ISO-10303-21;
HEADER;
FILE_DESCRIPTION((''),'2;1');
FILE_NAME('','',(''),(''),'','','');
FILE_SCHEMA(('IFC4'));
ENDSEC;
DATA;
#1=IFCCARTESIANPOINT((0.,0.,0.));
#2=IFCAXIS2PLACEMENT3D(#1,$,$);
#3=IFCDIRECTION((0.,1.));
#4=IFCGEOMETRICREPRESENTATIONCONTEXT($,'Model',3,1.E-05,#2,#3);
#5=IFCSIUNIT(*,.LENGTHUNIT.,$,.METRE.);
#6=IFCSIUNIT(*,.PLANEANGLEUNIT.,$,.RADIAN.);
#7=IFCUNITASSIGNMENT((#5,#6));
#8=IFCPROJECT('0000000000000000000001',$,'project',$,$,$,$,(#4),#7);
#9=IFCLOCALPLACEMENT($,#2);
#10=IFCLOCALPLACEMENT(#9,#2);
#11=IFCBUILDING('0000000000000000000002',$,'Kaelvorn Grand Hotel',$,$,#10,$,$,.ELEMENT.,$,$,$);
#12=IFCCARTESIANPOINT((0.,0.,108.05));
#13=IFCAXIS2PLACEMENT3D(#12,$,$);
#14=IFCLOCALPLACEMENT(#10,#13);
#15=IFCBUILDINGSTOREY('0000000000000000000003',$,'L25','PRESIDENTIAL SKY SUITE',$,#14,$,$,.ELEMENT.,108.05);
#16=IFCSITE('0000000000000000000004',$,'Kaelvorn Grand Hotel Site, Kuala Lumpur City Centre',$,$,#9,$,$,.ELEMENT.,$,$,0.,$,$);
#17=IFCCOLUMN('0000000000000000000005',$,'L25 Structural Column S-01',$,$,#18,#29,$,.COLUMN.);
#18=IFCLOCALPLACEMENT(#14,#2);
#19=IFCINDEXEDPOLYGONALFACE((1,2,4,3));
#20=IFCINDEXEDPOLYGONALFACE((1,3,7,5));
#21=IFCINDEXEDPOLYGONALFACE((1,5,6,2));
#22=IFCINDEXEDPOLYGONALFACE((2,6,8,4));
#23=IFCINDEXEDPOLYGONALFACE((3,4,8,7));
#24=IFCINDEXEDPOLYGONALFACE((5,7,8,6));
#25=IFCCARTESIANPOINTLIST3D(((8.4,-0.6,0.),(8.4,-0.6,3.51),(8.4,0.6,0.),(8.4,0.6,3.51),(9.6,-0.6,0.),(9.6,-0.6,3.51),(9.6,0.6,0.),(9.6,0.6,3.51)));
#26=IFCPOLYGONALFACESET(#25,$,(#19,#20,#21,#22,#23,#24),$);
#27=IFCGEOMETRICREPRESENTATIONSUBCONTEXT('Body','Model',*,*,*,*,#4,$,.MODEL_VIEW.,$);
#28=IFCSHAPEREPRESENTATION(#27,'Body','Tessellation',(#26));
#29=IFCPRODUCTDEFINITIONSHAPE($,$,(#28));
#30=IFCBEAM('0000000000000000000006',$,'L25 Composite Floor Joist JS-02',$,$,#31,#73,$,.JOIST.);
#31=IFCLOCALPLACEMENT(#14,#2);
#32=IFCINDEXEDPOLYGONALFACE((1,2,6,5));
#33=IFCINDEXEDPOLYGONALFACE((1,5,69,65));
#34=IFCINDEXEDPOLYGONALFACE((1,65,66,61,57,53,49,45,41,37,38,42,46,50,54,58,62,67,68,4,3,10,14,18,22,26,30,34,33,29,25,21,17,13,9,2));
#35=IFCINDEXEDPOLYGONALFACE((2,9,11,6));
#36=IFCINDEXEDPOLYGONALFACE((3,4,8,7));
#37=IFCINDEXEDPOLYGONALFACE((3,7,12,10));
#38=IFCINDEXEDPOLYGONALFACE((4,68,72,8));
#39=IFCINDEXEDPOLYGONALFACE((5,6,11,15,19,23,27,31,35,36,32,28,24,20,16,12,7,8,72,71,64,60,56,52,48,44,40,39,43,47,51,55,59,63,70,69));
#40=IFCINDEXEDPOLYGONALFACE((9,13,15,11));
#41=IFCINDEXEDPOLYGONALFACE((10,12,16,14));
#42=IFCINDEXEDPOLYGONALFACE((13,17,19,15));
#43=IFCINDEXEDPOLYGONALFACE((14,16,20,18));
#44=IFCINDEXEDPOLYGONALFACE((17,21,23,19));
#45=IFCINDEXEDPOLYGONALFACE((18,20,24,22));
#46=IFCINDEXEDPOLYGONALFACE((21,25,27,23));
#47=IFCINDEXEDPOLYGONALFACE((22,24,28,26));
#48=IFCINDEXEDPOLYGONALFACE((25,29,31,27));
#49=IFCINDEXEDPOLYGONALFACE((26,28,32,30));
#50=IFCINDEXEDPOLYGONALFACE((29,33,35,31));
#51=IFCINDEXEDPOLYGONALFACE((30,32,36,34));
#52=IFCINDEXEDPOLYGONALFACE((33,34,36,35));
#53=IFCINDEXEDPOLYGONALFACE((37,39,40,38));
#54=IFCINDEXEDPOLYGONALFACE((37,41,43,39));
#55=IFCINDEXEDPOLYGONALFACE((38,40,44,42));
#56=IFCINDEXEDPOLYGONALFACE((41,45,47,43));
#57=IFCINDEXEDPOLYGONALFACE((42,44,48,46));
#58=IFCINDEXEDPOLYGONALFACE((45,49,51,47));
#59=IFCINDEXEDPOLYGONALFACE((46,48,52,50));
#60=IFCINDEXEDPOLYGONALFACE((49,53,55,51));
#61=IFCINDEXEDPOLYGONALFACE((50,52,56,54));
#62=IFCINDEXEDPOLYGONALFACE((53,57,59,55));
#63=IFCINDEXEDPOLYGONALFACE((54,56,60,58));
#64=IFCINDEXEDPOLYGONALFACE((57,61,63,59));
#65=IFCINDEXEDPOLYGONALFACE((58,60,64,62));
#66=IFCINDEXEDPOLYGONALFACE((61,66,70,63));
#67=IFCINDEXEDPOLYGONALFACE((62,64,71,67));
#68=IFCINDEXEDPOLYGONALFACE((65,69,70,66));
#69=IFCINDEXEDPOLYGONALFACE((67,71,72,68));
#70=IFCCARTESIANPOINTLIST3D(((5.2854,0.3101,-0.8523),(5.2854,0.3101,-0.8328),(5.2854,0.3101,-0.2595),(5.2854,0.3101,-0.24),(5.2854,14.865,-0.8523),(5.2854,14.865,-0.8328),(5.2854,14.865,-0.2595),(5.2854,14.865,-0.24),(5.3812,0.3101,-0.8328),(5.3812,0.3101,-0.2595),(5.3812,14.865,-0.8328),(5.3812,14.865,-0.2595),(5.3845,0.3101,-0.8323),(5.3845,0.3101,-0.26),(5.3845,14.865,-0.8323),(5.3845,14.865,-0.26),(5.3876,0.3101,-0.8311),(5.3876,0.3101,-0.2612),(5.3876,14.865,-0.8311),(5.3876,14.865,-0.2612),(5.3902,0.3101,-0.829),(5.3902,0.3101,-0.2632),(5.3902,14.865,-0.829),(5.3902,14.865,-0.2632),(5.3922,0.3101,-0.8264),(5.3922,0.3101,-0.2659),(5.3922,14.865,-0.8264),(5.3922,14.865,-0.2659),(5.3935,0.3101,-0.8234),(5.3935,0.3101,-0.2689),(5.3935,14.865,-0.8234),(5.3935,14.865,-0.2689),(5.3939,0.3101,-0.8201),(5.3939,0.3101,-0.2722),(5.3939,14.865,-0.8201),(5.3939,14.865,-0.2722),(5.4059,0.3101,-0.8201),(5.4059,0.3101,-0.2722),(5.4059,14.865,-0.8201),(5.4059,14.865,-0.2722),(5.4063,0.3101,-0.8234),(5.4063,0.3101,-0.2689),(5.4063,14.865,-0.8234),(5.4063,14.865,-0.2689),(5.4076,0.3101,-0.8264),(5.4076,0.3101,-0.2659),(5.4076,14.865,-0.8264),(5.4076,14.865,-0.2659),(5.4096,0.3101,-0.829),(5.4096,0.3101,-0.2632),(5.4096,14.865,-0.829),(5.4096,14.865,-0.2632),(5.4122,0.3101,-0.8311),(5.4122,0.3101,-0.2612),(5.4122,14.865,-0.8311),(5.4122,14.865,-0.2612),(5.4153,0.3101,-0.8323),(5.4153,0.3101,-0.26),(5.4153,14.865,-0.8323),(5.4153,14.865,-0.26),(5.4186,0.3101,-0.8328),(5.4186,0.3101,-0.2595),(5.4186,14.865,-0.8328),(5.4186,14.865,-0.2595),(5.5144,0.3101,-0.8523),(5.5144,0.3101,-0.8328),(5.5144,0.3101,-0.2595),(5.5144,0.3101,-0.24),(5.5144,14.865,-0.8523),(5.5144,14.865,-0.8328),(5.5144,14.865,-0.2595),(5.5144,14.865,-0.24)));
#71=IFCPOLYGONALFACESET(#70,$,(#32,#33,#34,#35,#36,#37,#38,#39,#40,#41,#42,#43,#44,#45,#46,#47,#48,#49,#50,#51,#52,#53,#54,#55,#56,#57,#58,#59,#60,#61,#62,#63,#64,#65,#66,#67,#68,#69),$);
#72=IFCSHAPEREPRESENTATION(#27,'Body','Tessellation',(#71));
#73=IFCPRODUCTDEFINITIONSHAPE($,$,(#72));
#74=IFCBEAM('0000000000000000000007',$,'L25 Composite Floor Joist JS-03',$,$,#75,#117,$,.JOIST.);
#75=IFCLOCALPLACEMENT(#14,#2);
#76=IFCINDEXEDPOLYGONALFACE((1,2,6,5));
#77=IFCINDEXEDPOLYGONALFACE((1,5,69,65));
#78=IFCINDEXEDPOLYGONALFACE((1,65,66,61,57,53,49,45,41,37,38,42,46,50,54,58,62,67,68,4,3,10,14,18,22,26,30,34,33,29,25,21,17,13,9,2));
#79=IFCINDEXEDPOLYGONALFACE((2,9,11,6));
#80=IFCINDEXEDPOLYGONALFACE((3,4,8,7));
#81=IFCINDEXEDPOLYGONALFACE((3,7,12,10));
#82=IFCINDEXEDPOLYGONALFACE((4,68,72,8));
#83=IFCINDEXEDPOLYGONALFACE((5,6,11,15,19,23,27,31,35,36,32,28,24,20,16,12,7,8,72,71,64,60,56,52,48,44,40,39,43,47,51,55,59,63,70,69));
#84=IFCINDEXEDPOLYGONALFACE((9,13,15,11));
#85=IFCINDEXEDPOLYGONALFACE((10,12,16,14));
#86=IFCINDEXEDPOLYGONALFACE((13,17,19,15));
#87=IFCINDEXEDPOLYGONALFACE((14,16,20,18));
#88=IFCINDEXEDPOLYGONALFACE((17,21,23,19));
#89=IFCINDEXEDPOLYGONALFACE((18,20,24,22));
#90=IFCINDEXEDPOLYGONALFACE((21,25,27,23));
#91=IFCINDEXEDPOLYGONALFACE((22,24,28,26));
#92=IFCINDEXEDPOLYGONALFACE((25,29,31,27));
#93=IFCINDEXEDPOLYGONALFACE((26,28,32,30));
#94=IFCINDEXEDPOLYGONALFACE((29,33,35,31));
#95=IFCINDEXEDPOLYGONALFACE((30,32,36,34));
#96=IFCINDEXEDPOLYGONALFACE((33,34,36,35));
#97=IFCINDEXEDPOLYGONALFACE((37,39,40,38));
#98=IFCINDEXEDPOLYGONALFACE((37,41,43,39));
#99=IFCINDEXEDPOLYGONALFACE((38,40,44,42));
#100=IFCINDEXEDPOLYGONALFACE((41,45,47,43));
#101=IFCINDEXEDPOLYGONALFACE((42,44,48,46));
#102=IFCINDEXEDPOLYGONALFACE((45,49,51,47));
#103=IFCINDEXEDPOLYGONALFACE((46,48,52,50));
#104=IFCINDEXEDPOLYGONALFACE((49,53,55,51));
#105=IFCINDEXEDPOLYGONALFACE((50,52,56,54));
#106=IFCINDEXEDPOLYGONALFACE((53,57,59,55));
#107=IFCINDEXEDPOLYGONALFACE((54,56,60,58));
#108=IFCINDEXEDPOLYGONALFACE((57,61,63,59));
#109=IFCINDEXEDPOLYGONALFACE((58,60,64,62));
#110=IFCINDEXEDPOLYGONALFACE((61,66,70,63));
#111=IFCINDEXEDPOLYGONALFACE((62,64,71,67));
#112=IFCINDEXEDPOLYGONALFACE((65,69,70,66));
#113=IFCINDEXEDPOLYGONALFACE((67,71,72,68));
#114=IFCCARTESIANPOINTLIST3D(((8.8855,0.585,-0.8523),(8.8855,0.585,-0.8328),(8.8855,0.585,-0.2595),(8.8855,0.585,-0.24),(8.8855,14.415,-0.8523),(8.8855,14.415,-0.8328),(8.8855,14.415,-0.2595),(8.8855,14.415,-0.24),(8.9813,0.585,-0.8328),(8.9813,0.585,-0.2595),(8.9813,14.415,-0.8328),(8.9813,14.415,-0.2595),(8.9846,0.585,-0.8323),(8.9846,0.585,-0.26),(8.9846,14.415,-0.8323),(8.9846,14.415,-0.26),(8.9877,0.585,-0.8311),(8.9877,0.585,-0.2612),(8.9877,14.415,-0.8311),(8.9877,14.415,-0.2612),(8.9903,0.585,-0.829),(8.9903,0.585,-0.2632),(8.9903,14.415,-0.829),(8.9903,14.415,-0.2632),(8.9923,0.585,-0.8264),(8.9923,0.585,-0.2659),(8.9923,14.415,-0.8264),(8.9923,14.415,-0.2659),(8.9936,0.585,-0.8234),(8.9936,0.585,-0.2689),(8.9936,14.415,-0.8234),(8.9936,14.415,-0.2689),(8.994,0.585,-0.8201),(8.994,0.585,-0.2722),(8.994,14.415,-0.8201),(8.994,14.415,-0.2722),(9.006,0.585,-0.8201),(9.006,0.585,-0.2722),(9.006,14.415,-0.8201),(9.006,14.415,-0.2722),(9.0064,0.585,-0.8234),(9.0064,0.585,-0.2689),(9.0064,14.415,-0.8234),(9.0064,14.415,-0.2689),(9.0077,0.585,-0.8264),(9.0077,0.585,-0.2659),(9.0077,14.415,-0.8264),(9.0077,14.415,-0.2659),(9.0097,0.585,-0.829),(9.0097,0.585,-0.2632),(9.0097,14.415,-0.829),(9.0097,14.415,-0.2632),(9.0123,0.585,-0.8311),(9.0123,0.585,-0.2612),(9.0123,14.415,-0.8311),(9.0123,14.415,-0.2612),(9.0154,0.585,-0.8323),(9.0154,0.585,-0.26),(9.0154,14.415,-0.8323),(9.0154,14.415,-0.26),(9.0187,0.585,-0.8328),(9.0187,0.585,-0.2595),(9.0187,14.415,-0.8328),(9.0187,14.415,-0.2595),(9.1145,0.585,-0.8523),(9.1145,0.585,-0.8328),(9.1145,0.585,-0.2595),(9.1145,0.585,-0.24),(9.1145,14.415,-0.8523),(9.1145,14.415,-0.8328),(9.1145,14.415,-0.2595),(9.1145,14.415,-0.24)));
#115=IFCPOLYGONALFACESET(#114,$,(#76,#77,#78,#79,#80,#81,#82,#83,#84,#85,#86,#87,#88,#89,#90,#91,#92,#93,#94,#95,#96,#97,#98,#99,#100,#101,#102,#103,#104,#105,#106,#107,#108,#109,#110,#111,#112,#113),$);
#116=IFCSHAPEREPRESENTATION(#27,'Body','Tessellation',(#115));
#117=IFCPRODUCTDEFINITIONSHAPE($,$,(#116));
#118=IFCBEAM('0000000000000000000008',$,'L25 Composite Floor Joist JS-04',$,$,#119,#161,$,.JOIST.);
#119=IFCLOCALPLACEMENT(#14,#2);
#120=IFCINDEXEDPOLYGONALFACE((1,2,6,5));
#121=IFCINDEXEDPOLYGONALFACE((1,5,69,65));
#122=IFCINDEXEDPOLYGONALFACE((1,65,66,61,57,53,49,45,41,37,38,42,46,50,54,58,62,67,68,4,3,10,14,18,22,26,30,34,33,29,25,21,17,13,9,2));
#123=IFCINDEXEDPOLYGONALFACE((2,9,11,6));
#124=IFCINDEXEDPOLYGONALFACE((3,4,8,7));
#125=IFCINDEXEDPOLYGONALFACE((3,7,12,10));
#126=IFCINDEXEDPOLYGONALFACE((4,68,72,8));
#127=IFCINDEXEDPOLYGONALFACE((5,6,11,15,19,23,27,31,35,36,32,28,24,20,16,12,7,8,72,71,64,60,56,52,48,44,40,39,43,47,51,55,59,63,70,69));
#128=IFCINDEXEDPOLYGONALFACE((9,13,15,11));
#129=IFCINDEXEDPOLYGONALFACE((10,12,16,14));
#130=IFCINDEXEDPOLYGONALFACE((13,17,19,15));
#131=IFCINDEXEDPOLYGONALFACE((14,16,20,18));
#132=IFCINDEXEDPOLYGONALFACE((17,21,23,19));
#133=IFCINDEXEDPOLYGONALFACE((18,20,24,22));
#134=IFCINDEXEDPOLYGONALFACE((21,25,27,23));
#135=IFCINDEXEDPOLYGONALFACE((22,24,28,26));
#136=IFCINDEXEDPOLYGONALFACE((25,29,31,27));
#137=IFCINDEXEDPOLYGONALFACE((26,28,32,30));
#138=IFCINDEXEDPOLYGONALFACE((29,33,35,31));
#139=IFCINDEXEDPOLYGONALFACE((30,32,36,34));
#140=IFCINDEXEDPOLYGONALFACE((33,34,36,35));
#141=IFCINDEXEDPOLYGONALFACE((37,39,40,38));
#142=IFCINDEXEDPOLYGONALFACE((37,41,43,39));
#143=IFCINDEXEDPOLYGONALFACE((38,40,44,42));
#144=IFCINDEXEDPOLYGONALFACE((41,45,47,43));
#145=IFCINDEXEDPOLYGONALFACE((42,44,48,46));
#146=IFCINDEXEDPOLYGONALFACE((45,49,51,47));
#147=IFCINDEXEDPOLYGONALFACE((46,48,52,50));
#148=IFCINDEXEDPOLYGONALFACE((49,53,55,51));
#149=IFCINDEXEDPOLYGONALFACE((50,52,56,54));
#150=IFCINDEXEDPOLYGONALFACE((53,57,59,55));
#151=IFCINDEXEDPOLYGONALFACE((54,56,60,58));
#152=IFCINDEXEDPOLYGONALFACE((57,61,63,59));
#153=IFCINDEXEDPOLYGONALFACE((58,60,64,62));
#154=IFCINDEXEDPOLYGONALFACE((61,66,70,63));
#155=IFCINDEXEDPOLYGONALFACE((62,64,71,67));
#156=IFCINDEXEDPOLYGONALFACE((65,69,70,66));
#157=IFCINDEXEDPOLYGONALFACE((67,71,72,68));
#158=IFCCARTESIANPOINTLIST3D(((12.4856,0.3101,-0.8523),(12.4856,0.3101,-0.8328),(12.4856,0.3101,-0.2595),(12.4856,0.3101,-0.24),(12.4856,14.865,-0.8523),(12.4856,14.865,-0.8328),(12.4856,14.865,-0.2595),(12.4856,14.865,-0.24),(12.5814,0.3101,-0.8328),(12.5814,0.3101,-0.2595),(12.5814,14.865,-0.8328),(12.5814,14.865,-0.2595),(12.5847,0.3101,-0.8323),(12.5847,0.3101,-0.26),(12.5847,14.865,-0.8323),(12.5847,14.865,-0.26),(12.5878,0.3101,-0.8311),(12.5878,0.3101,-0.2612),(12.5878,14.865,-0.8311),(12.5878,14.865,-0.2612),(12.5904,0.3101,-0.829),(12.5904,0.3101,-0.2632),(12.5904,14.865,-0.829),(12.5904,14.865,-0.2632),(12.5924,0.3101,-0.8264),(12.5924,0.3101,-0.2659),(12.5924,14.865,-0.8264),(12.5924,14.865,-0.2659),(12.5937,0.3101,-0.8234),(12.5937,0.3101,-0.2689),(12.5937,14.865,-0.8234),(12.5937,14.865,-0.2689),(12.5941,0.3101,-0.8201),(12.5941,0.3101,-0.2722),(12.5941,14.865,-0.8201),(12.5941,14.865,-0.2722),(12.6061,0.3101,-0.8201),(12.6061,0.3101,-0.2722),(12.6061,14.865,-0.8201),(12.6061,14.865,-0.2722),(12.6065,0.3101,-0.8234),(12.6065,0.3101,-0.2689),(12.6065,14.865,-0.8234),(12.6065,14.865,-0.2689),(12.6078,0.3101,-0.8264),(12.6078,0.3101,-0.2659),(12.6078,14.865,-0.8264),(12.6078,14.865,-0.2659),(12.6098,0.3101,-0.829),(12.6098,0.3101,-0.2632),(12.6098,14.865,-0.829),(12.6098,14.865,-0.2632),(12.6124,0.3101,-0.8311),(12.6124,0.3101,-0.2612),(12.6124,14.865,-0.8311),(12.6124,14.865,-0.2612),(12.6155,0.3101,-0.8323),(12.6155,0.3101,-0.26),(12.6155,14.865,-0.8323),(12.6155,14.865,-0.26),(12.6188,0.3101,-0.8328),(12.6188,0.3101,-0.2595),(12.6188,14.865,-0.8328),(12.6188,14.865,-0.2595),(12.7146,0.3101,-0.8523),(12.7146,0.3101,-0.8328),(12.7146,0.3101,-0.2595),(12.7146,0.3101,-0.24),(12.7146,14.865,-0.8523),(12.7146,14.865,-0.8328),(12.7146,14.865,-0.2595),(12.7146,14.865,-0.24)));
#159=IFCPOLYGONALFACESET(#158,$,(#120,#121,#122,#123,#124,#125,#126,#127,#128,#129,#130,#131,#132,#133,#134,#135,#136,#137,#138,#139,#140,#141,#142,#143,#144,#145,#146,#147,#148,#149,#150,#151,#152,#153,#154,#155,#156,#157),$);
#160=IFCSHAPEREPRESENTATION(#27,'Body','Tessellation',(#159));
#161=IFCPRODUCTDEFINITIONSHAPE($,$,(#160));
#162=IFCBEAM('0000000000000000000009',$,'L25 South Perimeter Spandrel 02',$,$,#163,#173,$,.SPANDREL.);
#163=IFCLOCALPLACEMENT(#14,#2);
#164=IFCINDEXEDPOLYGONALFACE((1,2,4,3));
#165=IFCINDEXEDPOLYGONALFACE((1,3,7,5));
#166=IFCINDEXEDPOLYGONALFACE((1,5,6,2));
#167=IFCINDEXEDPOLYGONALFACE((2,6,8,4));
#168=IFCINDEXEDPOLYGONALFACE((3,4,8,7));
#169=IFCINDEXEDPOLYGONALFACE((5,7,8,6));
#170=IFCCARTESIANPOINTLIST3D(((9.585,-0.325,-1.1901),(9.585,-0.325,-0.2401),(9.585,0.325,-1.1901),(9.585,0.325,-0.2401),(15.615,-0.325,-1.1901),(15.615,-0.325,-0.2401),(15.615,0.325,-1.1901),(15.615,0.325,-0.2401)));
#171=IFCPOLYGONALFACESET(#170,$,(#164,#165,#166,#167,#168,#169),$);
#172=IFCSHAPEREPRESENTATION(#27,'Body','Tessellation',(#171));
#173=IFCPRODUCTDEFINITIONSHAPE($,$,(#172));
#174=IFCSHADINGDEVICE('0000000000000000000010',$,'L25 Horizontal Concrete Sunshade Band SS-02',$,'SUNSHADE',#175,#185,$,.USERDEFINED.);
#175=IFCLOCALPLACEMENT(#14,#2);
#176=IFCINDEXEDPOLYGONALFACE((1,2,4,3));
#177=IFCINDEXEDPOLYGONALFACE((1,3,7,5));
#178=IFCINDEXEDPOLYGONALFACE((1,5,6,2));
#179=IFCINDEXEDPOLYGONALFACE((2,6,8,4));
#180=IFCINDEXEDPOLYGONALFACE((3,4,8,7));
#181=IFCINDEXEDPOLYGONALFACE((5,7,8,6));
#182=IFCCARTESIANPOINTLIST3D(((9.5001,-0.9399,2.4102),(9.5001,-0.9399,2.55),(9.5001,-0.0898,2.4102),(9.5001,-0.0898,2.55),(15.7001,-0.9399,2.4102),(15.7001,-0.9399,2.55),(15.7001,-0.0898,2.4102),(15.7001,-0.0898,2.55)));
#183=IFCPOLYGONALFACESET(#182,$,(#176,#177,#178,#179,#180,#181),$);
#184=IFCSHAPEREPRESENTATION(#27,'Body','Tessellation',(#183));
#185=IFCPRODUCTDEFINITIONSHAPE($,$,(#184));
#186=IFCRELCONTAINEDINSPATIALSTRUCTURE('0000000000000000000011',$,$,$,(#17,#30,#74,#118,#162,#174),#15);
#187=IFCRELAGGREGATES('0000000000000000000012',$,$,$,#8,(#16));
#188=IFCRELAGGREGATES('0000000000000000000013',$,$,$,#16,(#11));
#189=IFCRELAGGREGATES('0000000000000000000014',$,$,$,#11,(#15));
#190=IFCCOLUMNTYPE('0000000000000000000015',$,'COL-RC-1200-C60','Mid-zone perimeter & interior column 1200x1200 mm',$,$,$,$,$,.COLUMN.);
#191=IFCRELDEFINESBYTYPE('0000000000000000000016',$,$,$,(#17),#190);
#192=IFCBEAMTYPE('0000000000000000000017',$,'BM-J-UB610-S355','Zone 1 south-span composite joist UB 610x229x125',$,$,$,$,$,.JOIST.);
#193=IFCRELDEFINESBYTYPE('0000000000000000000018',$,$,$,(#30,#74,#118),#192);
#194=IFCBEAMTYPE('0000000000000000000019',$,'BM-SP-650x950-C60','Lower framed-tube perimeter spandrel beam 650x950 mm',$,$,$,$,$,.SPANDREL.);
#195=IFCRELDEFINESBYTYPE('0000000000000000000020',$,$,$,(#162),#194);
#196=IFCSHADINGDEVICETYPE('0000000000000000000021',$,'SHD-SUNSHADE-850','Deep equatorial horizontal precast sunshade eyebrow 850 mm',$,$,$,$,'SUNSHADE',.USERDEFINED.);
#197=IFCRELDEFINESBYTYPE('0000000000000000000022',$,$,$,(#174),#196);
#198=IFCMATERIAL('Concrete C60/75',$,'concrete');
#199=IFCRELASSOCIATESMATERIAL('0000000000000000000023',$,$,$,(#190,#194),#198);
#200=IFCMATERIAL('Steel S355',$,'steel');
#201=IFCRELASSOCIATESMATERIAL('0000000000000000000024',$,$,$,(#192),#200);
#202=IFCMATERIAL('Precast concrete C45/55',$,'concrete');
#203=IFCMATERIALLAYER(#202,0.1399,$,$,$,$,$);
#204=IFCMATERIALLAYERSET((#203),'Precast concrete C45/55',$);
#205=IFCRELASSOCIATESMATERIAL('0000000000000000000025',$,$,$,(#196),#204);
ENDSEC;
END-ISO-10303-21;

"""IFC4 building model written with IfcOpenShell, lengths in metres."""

from ifc_helpers import new_model, si_unit, direction, frame, origin, origin_2d, place, context, subcontext, project, spatial, rectangle, i_section, extrude, material, layer, layer_set, material_profile, profile_set, type_object, element, save


model = new_model("IFC4")

# Units and contexts
model_context = context("Model", 3, precision=1e-05, world=origin(), true_north=direction((0.0, 1.0)))
body_context = subcontext(model_context, "Body", "Model", "MODEL_VIEW")
ifc_project = project(units=[si_unit("LENGTHUNIT", "METRE"), si_unit("PLANEANGLEUNIT", "RADIAN")], contexts=[model_context])

# Site, building, storey
site_placement = place(None, origin())
site = spatial("IfcSite", under=ifc_project, at=site_placement, Name="Kaelvorn Grand Hotel Site, Kuala Lumpur City Centre", CompositionType="ELEMENT", RefElevation=0.0)
building_placement = place(site_placement, origin())
building = spatial("IfcBuilding", under=site, at=building_placement, Name="Kaelvorn Grand Hotel", CompositionType="ELEMENT")
storey_placement = place(building_placement, frame((0.0, 0.0, 108.05)))
storey = spatial("IfcBuildingStorey", under=building, at=storey_placement, Name="L25", Description="PRESIDENTIAL SKY SUITE", CompositionType="ELEMENT", Elevation=108.05)

# Column
ifc_material_1 = material(Name="Concrete C60/75", Category="concrete")
ifc_material_profile_1 = material_profile(ifc_material_1, rectangle(XDim=1.2, YDim=1.2, at=origin_2d()), Name="RC COL 1200x1200")
ifc_profile_set_1 = profile_set([ifc_material_profile_1], Name="Concrete C60/75")
column_type = type_object("IfcColumnType", Name="COL-RC-1200-C60", Description="Mid-zone perimeter & interior column 1200x1200 mm", PredefinedType="COLUMN", material=ifc_profile_set_1)
column_placement = place(storey_placement, frame((9.0, 0.0, 0.0), z_axis=(0.0, 0.0, 1.0), x_axis=(1.0, 0.0, 0.0)))
element("IfcColumn", 1, at=column_placement, inside=storey, type_object=column_type, Name="L25 Structural Column S-01", PredefinedType="COLUMN", context=body_context, shape_type="SweptSolid", body=[
    extrude(rectangle(XDim=1.2, YDim=1.2, at=origin_2d()), origin(), (0.0, 0.0, 1.0), 3.51),
])

# Beams
ifc_material_2 = material(Name="Steel S355", Category="steel")
ifc_material_profile_2 = material_profile(ifc_material_2, i_section(OverallWidth=0.229, OverallDepth=0.6123, WebThickness=0.012, FlangeThickness=0.0195, FilletRadius=0.0127, at=origin_2d()), Name="UB 610x229x125")
ifc_profile_set_2 = profile_set([ifc_material_profile_2], Name="Steel S355")
beam_type_1 = type_object("IfcBeamType", Name="BM-J-UB610-S355", Description="Zone 1 south-span composite joist UB 610x229x125", PredefinedType="JOIST", material=ifc_profile_set_2)
beam_1_placement = place(storey_placement, frame((5.3999, 0.3101, -0.5461), z_axis=(0.0, 1.0, 0.0), x_axis=(-1.0, 0.0, 0.0)))
element("IfcBeam", 2, at=beam_1_placement, inside=storey, type_object=beam_type_1, Name="L25 Composite Floor Joist JS-02", PredefinedType="JOIST", context=body_context, shape_type="SweptSolid", body=[
    extrude(i_section(OverallWidth=0.229, OverallDepth=0.6123, WebThickness=0.012, FlangeThickness=0.0195, FilletRadius=0.0127, at=origin_2d()), origin(), (0.0, 0.0, 1.0), 14.5549),
])
beam_2_placement = place(storey_placement, frame((9.0, 0.585, -0.5461), z_axis=(0.0, 1.0, 0.0), x_axis=(-1.0, 0.0, 0.0)))
element("IfcBeam", 3, at=beam_2_placement, inside=storey, type_object=beam_type_1, Name="L25 Composite Floor Joist JS-03", PredefinedType="JOIST", context=body_context, shape_type="SweptSolid", body=[
    extrude(i_section(OverallWidth=0.229, OverallDepth=0.6123, WebThickness=0.012, FlangeThickness=0.0195, FilletRadius=0.0127, at=origin_2d()), origin(), (0.0, 0.0, 1.0), 13.8301),
])
beam_3_placement = place(storey_placement, frame((12.6001, 0.3101, -0.5461), z_axis=(0.0, 1.0, 0.0), x_axis=(-1.0, 0.0, 0.0)))
element("IfcBeam", 4, at=beam_3_placement, inside=storey, type_object=beam_type_1, Name="L25 Composite Floor Joist JS-04", PredefinedType="JOIST", context=body_context, shape_type="SweptSolid", body=[
    extrude(i_section(OverallWidth=0.229, OverallDepth=0.6123, WebThickness=0.012, FlangeThickness=0.0195, FilletRadius=0.0127, at=origin_2d()), origin(), (0.0, 0.0, 1.0), 14.5549),
])
ifc_material_profile_3 = material_profile(ifc_material_1, rectangle(XDim=0.6499, YDim=0.95, at=origin_2d()), Name="RC SPANDREL 650x950")
ifc_profile_set_3 = profile_set([ifc_material_profile_3], Name="Concrete C60/75")
beam_type_2 = type_object("IfcBeamType", Name="BM-SP-650x950-C60", Description="Lower framed-tube perimeter spandrel beam 650x950 mm", PredefinedType="SPANDREL", material=ifc_profile_set_3)
beam_4_placement = place(storey_placement, frame((9.585, 0.0, -0.7151), z_axis=(1.0, 0.0, 0.0), x_axis=(0.0, 1.0, 0.0)))
element("IfcBeam", 5, at=beam_4_placement, inside=storey, type_object=beam_type_2, Name="L25 South Perimeter Spandrel 02", PredefinedType="SPANDREL", context=body_context, shape_type="SweptSolid", body=[
    extrude(rectangle(XDim=0.6499, YDim=0.95, at=origin_2d()), origin(), (0.0, 0.0, 1.0), 6.03),
])

# Shading device
ifc_material_3 = material(Name="Precast concrete C45/55", Category="concrete")
ifc_layer = layer(ifc_material_3, 0.1399)
ifc_layer_set = layer_set([ifc_layer], Name="Precast concrete C45/55")
shading_device_type = type_object("IfcShadingDeviceType", Name="SHD-SUNSHADE-850", Description="Deep equatorial horizontal precast sunshade eyebrow 850 mm", ElementType="SUNSHADE", PredefinedType="USERDEFINED", material=ifc_layer_set)
shading_device_placement = place(storey_placement, frame((12.6001, -0.5149, 2.4102), z_axis=(0.0, 0.0, 1.0), x_axis=(1.0, 0.0, 0.0)))
element("IfcShadingDevice", 6, at=shading_device_placement, inside=storey, type_object=shading_device_type, Name="L25 Horizontal Concrete Sunshade Band SS-02", ObjectType="SUNSHADE", PredefinedType="USERDEFINED", context=body_context, shape_type="SweptSolid", body=[
    extrude(rectangle(XDim=6.2, YDim=0.8501, at=origin_2d()), origin(), (0.0, 0.0, 1.0), 0.1399),
])

save(model, "model.ifc")
